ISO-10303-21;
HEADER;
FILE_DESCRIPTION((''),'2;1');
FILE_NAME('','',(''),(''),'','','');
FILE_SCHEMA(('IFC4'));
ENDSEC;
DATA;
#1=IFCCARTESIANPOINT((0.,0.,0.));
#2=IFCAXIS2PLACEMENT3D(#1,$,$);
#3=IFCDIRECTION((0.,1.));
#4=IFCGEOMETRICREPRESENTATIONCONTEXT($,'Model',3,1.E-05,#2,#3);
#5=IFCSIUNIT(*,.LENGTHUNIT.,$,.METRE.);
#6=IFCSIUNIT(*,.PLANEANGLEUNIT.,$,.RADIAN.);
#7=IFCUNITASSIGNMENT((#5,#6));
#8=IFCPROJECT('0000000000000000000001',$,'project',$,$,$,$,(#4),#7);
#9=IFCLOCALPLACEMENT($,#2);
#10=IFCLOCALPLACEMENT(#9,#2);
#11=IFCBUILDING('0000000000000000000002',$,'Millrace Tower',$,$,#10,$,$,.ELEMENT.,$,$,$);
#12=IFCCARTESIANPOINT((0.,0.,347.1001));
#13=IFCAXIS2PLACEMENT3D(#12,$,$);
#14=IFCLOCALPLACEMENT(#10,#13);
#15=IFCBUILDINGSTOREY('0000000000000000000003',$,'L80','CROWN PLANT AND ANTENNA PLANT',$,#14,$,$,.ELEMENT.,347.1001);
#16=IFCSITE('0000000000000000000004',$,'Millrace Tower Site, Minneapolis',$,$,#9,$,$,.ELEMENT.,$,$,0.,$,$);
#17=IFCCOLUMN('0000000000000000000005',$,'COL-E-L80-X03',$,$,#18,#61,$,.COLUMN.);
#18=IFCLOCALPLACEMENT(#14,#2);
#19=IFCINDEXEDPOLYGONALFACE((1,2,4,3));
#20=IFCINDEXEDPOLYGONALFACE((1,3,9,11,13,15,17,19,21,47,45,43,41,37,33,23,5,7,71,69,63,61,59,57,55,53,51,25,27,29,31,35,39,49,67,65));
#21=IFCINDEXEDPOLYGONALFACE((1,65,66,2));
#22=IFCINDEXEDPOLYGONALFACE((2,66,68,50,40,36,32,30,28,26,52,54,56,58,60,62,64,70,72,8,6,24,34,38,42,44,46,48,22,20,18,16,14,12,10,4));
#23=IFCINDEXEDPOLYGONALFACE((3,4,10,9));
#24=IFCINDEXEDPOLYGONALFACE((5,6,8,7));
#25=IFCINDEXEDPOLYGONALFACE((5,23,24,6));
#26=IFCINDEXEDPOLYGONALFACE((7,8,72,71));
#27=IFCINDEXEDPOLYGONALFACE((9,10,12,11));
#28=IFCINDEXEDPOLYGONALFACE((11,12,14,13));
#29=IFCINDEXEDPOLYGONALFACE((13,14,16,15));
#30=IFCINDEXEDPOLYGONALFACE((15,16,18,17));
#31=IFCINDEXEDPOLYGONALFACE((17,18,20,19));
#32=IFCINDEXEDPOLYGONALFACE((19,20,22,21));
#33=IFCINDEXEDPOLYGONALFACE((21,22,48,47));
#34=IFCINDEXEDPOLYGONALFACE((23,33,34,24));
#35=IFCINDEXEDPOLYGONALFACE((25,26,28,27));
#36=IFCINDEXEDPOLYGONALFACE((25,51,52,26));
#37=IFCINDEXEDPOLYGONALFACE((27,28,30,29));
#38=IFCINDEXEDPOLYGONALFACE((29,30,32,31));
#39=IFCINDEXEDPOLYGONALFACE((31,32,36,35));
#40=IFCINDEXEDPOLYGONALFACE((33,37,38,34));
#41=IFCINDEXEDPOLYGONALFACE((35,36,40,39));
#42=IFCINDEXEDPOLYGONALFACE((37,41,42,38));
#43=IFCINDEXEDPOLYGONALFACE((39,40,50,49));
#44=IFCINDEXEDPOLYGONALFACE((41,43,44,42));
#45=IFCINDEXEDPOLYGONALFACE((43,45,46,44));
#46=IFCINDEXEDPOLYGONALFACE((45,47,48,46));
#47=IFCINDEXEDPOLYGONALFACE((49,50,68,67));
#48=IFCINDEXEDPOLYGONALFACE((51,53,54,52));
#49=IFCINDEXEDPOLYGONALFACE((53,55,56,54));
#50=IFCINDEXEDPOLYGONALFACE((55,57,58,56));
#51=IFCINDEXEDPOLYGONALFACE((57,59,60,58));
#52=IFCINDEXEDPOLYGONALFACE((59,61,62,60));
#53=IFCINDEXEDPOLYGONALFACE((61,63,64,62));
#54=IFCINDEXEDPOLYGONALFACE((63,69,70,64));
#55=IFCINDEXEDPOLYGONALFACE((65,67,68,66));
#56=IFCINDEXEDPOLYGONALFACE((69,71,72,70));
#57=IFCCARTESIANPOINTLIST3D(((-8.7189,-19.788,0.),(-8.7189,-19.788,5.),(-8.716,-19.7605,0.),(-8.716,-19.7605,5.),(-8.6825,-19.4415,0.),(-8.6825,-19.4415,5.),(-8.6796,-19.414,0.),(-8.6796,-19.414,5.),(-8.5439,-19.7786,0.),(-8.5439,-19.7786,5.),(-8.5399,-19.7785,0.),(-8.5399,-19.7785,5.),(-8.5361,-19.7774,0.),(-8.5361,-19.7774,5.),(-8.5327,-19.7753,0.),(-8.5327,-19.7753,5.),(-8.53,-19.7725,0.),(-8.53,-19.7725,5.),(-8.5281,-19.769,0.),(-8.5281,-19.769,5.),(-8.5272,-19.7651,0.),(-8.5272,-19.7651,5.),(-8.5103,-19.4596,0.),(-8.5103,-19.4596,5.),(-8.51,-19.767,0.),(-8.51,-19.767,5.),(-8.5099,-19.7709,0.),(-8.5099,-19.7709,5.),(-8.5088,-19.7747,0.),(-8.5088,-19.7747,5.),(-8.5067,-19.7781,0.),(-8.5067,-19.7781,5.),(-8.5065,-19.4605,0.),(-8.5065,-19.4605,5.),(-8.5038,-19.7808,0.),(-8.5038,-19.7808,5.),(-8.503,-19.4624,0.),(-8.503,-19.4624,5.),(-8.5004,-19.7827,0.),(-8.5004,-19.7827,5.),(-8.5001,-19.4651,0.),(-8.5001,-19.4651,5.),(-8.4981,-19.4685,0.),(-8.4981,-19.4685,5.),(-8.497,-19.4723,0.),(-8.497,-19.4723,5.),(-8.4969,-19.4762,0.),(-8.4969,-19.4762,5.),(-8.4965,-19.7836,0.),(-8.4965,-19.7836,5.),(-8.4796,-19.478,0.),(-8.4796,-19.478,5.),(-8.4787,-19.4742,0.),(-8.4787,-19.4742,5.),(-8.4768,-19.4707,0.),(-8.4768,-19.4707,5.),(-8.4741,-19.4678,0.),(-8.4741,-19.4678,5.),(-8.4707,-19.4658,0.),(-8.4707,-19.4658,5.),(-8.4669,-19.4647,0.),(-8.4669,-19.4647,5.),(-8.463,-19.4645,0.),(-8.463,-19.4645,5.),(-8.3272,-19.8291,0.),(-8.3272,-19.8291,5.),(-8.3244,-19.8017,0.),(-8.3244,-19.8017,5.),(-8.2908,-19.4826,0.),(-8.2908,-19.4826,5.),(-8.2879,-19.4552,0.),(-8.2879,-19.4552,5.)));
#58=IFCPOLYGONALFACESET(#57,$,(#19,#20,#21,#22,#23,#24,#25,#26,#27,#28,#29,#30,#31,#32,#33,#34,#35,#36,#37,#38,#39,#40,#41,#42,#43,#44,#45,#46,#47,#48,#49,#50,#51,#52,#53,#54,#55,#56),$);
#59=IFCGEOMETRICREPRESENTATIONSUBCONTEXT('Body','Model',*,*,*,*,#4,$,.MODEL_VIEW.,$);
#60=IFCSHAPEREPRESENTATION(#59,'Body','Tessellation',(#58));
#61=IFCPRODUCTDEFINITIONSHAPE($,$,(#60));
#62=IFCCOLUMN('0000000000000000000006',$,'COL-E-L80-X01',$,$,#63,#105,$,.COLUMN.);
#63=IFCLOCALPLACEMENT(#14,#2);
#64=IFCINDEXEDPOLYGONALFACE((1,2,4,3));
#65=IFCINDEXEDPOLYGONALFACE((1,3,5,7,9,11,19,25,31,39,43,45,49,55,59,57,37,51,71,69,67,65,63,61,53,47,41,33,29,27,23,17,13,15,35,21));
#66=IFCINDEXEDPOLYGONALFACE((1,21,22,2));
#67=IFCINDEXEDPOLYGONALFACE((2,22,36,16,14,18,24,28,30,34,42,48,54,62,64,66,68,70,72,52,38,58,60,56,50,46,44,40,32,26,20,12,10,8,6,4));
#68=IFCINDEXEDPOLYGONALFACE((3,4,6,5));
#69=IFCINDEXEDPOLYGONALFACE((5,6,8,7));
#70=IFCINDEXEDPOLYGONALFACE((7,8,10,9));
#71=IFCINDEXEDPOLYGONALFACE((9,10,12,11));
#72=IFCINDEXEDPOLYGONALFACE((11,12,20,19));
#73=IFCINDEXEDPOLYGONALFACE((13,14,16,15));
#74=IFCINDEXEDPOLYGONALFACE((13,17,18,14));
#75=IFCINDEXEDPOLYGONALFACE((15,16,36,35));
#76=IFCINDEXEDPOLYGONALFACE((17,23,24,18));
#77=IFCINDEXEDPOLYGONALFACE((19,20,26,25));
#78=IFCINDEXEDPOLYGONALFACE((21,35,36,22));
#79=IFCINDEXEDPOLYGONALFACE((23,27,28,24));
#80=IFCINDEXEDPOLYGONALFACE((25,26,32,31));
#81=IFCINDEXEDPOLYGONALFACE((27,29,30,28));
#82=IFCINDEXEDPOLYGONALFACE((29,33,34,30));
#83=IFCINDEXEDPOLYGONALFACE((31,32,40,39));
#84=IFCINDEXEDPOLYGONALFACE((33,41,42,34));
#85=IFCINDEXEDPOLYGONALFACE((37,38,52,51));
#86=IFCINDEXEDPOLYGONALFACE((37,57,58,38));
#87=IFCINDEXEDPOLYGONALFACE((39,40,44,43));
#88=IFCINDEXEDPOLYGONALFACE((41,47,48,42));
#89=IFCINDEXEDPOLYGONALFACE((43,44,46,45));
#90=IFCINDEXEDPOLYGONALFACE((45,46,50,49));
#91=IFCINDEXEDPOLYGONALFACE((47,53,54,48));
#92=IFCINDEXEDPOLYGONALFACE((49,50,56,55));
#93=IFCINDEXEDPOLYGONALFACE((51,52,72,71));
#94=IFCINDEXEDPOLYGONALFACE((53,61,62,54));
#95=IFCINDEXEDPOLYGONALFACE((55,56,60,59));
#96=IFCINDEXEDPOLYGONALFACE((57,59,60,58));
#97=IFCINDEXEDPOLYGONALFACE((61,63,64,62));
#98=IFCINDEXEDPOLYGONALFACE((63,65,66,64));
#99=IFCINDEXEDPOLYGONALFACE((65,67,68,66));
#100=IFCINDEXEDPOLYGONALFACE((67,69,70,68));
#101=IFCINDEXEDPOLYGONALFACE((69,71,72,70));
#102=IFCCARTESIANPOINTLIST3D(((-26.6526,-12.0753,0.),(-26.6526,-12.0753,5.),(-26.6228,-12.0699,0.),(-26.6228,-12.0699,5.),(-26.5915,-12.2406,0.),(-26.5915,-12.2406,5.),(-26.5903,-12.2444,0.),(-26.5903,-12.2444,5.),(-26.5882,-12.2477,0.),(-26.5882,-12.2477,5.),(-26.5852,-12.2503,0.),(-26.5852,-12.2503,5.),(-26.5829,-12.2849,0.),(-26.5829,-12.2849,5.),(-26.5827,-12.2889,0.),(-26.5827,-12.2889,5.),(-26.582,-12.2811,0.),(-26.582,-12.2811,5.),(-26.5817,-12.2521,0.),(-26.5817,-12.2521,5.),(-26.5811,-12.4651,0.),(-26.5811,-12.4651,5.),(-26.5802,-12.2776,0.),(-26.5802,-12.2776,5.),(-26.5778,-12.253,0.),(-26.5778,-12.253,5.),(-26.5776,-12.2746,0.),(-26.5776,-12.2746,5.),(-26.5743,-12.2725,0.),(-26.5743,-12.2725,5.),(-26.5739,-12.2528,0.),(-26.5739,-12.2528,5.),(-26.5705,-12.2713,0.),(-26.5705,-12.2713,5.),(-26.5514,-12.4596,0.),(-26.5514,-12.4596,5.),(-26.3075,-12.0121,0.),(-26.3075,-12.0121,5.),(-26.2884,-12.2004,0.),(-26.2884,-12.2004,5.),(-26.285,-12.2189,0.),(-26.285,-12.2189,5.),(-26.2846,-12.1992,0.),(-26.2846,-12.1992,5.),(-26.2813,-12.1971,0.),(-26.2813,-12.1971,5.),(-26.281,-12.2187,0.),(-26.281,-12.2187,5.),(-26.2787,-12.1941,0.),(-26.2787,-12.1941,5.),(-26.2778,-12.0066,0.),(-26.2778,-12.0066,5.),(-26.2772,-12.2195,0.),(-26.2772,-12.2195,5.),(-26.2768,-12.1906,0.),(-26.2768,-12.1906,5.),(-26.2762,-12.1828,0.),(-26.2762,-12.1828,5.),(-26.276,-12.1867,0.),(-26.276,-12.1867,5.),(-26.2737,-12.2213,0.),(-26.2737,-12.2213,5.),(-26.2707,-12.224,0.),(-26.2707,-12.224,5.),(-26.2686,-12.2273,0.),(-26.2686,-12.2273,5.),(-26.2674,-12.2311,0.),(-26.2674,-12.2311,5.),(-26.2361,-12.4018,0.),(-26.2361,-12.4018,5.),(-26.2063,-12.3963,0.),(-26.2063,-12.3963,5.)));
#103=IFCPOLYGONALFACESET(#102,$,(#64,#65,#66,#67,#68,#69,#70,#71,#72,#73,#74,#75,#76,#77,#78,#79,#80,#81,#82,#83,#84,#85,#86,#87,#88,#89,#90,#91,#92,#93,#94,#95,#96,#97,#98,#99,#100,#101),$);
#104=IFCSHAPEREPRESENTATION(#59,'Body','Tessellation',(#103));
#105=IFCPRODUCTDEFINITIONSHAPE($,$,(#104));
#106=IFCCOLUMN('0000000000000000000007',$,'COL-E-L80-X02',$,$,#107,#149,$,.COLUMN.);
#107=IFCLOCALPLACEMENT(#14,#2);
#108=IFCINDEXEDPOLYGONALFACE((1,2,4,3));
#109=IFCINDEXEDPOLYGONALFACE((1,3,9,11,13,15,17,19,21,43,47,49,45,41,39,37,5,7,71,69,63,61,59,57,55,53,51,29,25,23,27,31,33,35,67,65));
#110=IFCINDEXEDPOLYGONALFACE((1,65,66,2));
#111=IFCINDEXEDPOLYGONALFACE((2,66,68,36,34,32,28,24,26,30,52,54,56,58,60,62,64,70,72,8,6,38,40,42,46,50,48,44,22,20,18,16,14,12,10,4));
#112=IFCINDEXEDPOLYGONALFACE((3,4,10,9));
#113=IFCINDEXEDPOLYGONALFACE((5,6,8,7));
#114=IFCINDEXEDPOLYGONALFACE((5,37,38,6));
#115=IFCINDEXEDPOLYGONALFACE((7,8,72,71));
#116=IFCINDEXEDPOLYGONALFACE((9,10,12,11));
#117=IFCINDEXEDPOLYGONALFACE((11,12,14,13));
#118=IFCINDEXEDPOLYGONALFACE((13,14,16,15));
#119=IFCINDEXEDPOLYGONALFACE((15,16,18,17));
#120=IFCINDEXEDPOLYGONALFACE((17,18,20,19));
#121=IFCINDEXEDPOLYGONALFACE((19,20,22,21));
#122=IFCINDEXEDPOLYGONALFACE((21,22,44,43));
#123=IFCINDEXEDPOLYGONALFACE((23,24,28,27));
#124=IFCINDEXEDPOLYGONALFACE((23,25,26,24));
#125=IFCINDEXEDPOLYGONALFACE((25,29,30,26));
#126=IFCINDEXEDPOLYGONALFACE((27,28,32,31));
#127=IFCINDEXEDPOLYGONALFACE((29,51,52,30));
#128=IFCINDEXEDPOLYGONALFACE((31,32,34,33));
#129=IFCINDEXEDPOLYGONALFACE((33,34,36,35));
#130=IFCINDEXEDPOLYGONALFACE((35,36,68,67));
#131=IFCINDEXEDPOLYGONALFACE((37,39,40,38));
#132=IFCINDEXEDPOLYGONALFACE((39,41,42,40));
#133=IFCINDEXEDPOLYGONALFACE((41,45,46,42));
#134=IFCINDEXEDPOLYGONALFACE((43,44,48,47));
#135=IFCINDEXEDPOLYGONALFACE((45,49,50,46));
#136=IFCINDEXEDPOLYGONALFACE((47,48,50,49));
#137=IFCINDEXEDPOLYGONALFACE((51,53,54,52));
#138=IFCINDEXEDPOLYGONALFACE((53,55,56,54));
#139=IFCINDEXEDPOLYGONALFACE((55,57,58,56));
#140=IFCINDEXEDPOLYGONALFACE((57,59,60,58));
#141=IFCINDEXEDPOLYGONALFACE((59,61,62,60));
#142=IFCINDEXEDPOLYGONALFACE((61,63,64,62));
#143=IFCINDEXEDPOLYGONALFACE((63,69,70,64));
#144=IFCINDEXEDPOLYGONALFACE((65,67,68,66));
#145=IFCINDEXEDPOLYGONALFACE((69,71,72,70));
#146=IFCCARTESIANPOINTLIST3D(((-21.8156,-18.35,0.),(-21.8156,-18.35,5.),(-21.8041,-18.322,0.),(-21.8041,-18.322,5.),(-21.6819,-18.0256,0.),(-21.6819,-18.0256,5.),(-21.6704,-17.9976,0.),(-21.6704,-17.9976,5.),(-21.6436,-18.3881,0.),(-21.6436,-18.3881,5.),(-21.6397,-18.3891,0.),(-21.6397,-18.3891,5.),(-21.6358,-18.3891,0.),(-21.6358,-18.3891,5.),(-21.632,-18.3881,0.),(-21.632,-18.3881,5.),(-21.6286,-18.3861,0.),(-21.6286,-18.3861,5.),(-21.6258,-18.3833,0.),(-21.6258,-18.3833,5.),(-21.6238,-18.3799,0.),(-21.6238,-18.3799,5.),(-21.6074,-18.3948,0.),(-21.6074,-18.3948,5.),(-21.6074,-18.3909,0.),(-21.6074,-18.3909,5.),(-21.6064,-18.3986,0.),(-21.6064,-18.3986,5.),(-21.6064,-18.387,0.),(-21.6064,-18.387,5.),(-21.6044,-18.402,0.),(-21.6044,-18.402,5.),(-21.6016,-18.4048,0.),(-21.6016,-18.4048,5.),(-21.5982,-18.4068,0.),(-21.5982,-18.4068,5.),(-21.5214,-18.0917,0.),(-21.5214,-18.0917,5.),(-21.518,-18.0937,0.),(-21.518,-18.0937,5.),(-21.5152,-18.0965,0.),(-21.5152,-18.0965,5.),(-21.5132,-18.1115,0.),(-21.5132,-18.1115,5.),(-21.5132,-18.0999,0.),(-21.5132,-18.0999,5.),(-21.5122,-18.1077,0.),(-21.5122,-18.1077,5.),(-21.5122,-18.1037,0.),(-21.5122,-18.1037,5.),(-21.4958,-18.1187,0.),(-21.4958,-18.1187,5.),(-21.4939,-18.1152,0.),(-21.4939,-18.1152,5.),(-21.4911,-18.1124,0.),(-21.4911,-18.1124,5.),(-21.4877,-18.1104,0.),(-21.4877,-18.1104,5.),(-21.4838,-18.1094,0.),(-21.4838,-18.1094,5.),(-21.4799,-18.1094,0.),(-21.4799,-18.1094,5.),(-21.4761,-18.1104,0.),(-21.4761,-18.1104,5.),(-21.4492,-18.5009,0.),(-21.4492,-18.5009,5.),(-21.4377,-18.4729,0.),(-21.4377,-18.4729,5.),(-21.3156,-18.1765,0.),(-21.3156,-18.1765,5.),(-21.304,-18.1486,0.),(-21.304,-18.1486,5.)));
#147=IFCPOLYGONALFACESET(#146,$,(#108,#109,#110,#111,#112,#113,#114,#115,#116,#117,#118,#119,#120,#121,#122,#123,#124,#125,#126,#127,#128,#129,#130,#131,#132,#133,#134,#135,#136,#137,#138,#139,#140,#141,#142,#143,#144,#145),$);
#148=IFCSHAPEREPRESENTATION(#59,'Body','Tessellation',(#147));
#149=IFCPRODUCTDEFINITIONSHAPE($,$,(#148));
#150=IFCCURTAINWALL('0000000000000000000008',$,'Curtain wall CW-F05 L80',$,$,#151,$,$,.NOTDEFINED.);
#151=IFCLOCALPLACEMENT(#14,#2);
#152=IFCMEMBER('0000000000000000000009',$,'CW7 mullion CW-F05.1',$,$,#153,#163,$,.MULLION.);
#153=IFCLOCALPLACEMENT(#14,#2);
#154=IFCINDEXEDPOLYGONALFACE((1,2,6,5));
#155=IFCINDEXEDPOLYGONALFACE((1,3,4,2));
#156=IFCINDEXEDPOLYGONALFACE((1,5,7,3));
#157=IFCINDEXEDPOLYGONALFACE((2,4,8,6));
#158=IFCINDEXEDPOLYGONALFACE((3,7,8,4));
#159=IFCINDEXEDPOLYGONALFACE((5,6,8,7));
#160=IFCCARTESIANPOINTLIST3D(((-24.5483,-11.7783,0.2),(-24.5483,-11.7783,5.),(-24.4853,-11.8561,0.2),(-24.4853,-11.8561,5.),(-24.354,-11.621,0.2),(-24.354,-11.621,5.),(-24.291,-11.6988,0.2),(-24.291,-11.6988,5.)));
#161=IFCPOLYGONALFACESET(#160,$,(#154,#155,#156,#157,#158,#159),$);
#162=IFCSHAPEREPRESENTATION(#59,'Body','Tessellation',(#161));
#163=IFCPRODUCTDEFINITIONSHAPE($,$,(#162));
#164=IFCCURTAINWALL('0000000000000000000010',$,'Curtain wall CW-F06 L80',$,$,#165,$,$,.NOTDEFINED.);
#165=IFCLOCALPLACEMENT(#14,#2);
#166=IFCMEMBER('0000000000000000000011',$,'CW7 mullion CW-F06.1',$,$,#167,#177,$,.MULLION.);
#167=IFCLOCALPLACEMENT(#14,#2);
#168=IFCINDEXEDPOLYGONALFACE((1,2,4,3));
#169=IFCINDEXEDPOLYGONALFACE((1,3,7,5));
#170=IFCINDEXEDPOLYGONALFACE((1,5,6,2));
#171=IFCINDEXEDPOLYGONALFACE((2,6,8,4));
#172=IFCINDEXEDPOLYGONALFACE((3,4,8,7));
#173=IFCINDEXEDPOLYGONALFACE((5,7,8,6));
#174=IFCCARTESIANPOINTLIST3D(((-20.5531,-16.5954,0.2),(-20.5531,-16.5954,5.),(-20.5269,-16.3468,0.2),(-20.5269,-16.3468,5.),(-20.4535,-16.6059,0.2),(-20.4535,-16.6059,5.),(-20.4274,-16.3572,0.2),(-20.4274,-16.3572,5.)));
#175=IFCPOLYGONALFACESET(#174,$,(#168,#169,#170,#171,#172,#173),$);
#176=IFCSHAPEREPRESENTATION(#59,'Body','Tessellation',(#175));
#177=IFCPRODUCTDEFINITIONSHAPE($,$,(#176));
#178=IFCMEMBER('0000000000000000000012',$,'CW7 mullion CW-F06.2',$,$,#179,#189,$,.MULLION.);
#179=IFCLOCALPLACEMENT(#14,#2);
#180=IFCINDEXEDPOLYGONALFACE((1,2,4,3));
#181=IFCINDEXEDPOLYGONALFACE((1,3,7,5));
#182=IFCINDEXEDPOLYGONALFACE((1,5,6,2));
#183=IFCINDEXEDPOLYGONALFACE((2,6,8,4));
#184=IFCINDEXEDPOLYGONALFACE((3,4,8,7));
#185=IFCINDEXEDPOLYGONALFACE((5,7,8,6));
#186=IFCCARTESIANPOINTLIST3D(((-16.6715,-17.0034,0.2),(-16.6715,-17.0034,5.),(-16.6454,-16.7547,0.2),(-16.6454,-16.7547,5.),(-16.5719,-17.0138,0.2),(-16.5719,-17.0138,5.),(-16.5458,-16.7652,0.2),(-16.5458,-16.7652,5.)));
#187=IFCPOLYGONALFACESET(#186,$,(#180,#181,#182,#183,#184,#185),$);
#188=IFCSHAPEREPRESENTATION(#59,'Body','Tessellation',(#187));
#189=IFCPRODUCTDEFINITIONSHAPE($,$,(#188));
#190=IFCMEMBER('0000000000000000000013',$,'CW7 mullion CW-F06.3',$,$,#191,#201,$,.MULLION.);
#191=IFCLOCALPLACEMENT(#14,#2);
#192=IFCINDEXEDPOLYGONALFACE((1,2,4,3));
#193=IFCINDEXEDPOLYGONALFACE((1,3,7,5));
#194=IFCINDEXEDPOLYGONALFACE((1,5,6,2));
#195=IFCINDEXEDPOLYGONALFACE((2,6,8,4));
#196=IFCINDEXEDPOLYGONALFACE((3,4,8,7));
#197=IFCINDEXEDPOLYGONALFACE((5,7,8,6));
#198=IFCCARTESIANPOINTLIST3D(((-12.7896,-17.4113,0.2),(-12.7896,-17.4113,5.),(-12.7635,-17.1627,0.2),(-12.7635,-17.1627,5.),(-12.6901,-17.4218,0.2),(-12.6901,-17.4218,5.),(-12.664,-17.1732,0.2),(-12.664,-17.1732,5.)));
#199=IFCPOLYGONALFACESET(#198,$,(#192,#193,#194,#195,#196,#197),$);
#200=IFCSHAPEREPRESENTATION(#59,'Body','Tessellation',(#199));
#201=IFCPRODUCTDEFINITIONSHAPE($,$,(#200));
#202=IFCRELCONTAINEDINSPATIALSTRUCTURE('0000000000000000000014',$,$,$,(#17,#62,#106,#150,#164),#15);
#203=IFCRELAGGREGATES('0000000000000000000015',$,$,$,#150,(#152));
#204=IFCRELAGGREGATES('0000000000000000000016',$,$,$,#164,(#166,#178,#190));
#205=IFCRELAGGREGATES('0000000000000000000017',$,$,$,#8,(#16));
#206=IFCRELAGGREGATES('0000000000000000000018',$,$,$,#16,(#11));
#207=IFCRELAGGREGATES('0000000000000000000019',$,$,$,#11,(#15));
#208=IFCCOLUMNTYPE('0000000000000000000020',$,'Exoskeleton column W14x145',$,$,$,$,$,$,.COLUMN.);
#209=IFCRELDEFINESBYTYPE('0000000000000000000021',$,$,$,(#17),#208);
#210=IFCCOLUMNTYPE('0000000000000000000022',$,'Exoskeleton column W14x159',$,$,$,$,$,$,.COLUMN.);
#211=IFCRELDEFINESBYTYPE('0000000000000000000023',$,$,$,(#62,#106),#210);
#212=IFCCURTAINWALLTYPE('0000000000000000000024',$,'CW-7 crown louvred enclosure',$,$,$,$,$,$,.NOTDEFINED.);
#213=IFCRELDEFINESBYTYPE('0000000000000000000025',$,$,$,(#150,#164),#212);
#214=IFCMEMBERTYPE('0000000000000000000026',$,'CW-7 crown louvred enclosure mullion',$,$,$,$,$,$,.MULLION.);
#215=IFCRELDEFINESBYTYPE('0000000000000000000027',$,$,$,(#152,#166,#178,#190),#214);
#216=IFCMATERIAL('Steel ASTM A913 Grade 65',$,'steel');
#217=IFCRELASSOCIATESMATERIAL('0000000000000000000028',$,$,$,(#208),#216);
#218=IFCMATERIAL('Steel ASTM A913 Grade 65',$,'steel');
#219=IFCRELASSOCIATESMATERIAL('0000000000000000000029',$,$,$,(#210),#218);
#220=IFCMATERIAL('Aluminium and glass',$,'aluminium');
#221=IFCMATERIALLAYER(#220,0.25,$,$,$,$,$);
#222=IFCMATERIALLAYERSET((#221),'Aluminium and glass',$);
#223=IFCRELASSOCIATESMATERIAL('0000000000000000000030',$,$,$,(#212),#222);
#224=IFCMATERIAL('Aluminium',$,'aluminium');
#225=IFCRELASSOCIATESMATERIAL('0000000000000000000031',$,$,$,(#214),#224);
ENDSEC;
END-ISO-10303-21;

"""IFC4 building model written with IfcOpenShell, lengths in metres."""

from ifc_helpers import new_model, si_unit, direction, frame, origin, origin_2d, place, context, subcontext, project, spatial, rectangle, i_section, extrude, material, layer, layer_set, material_profile, profile_set, type_object, element, aggregate, save


model = new_model("IFC4")

# Units and contexts
model_context = context("Model", 3, precision=1e-05, world=origin(), true_north=direction((0.0, 1.0)))
body_context = subcontext(model_context, "Body", "Model", "MODEL_VIEW")
ifc_project = project(units=[si_unit("LENGTHUNIT", "METRE"), si_unit("PLANEANGLEUNIT", "RADIAN")], contexts=[model_context])

# Site, building, storey
site_placement = place(None, origin())
site = spatial("IfcSite", under=ifc_project, at=site_placement, Name="Millrace Tower Site, Minneapolis", CompositionType="ELEMENT", RefElevation=0.0)
building_placement = place(site_placement, origin())
building = spatial("IfcBuilding", under=site, at=building_placement, Name="Millrace Tower", CompositionType="ELEMENT")
storey_placement = place(building_placement, frame((0.0, 0.0, 347.1001)))
storey = spatial("IfcBuildingStorey", under=building, at=storey_placement, Name="L80", Description="CROWN PLANT AND ANTENNA PLANT", CompositionType="ELEMENT", Elevation=347.1001)

# Columns
ifc_material_1 = material(Name="Steel ASTM A913 Grade 65", Category="steel")
ifc_material_profile_1 = material_profile(ifc_material_1, i_section(OverallWidth=0.3938, OverallDepth=0.376, WebThickness=0.0173, FlangeThickness=0.0276, FilletRadius=0.0151, at=origin_2d()))
ifc_profile_set_1 = profile_set([ifc_material_profile_1], Name="Steel ASTM A913 Grade 65")
column_type_1 = type_object("IfcColumnType", Name="Exoskeleton column W14x145", PredefinedType="COLUMN", material=ifc_profile_set_1)
column_placement = place(storey_placement, frame((-8.5034, -19.6216, 0.0), z_axis=(0.0, 0.0, 1.0), x_axis=(0.994522, -0.104528, 0.0)))
element("IfcColumn", 1, at=column_placement, inside=storey, type_object=column_type_1, Name="COL-E-L80-X03", PredefinedType="COLUMN", context=body_context, shape_type="SweptSolid", body=[
    extrude(i_section(OverallWidth=0.3938, OverallDepth=0.376, WebThickness=0.0173, FlangeThickness=0.0276, FilletRadius=0.0151, at=origin_2d()), origin(), (0.0, 0.0, 1.0), 5.0),
])
ifc_material_2 = material(Name="Steel ASTM A913 Grade 65", Category="steel")
ifc_material_profile_2 = material_profile(ifc_material_2, i_section(OverallWidth=0.3962, OverallDepth=0.3811, WebThickness=0.0188, FlangeThickness=0.0303, FilletRadius=0.0151, at=origin_2d()))
ifc_profile_set_2 = profile_set([ifc_material_profile_2], Name="Steel ASTM A913 Grade 65")
column_type_2 = type_object("IfcColumnType", Name="Exoskeleton column W14x159", PredefinedType="COLUMN", material=ifc_profile_set_2)
for number, where, z_axis, x_axis, name in (
    (2, (-26.4294, -12.2358, 0.0), (0.0, 0.0, 1.0), (0.180387, -0.983596, 0.0), "COL-E-L80-X01"),
    (3, (-21.5598, -18.2493, 0.0), (0.0, 0.0, 1.0), (0.924597, -0.380947, 0.0), "COL-E-L80-X02"),
):
    element("IfcColumn", number, at=place(storey_placement, frame(where, z_axis=z_axis, x_axis=x_axis)), inside=storey, type_object=column_type_2, Name=name, PredefinedType="COLUMN", context=body_context, shape_type="SweptSolid", body=[
        extrude(i_section(OverallWidth=0.3962, OverallDepth=0.3811, WebThickness=0.0188, FlangeThickness=0.0303, FilletRadius=0.0151, at=origin_2d()), origin(), (0.0, 0.0, 1.0), 5.0),
    ])

# Curtain wall, member
ifc_material_3 = material(Name="Aluminium and glass", Category="aluminium")
ifc_layer_1 = layer(ifc_material_3, 0.25)
ifc_layer_set_1 = layer_set([ifc_layer_1], Name="Aluminium and glass")
curtain_wall_type = type_object("IfcCurtainWallType", Name="CW-7 crown louvred enclosure", PredefinedType="NOTDEFINED", material=ifc_layer_set_1)
placement = place(storey_placement, origin())
curtain_wall_1 = element("IfcCurtainWall", 4, at=placement, inside=storey, type_object=curtain_wall_type, Name="Curtain wall CW-F05 L80", PredefinedType="NOTDEFINED")
ifc_material_4 = material(Name="Aluminium", Category="aluminium")
ifc_material_profile_3 = material_profile(ifc_material_4, rectangle(XDim=0.1001, YDim=0.25, at=origin_2d()))
ifc_profile_set_3 = profile_set([ifc_material_profile_3], Name="Aluminium")
member_type_1 = type_object("IfcMemberType", Name="CW-7 crown louvred enclosure mullion", PredefinedType="MULLION", material=ifc_profile_set_3)
member_1_placement = place(storey_placement, frame((-24.4197, -11.7385, 0.2), z_axis=(0.0, 0.0, 1.0), x_axis=(0.62932, -0.777146, 0.0)))
member_1 = element("IfcMember", 5, at=member_1_placement, type_object=member_type_1, Name="CW7 mullion CW-F05.1", PredefinedType="MULLION", context=body_context, shape_type="SweptSolid", body=[
    extrude(rectangle(XDim=0.1001, YDim=0.25, at=origin_2d()), origin(), (0.0, 0.0, 1.0), 4.8),
])

# Curtain wall, members
curtain_wall_2 = element("IfcCurtainWall", 6, at=placement, inside=storey, type_object=curtain_wall_type, Name="Curtain wall CW-F06 L80", PredefinedType="NOTDEFINED")
member_2_placement = place(storey_placement, frame((-20.4902, -16.4763, 0.2), z_axis=(0.0, 0.0, 1.0), x_axis=(0.994522, -0.104528, 0.0)))
member_2 = element("IfcMember", 7, at=member_2_placement, type_object=member_type_1, Name="CW7 mullion CW-F06.1", PredefinedType="MULLION", context=body_context, shape_type="SweptSolid", body=[
    extrude(rectangle(XDim=0.1001, YDim=0.25, at=origin_2d()), origin(), (0.0, 0.0, 1.0), 4.8),
])
member_3_placement = place(storey_placement, frame((-16.6086, -16.8843, 0.2), z_axis=(0.0, 0.0, 1.0), x_axis=(0.994522, -0.104528, 0.0)))
member_3 = element("IfcMember", 8, at=member_3_placement, type_object=member_type_1, Name="CW7 mullion CW-F06.2", PredefinedType="MULLION", context=body_context, shape_type="SweptSolid", body=[
    extrude(rectangle(XDim=0.1001, YDim=0.25, at=origin_2d()), origin(), (0.0, 0.0, 1.0), 4.8),
])
member_4_placement = place(storey_placement, frame((-12.7268, -17.2922, 0.2), z_axis=(0.0, 0.0, 1.0), x_axis=(0.994522, -0.104528, 0.0)))
member_4 = element("IfcMember", 9, at=member_4_placement, type_object=member_type_1, Name="CW7 mullion CW-F06.3", PredefinedType="MULLION", context=body_context, shape_type="SweptSolid", body=[
    extrude(rectangle(XDim=0.1001, YDim=0.25, at=origin_2d()), origin(), (0.0, 0.0, 1.0), 4.8),
])

aggregate(curtain_wall_1, [member_1])
aggregate(curtain_wall_2, [member_2, member_3, member_4])

save(model, "model.ifc")
